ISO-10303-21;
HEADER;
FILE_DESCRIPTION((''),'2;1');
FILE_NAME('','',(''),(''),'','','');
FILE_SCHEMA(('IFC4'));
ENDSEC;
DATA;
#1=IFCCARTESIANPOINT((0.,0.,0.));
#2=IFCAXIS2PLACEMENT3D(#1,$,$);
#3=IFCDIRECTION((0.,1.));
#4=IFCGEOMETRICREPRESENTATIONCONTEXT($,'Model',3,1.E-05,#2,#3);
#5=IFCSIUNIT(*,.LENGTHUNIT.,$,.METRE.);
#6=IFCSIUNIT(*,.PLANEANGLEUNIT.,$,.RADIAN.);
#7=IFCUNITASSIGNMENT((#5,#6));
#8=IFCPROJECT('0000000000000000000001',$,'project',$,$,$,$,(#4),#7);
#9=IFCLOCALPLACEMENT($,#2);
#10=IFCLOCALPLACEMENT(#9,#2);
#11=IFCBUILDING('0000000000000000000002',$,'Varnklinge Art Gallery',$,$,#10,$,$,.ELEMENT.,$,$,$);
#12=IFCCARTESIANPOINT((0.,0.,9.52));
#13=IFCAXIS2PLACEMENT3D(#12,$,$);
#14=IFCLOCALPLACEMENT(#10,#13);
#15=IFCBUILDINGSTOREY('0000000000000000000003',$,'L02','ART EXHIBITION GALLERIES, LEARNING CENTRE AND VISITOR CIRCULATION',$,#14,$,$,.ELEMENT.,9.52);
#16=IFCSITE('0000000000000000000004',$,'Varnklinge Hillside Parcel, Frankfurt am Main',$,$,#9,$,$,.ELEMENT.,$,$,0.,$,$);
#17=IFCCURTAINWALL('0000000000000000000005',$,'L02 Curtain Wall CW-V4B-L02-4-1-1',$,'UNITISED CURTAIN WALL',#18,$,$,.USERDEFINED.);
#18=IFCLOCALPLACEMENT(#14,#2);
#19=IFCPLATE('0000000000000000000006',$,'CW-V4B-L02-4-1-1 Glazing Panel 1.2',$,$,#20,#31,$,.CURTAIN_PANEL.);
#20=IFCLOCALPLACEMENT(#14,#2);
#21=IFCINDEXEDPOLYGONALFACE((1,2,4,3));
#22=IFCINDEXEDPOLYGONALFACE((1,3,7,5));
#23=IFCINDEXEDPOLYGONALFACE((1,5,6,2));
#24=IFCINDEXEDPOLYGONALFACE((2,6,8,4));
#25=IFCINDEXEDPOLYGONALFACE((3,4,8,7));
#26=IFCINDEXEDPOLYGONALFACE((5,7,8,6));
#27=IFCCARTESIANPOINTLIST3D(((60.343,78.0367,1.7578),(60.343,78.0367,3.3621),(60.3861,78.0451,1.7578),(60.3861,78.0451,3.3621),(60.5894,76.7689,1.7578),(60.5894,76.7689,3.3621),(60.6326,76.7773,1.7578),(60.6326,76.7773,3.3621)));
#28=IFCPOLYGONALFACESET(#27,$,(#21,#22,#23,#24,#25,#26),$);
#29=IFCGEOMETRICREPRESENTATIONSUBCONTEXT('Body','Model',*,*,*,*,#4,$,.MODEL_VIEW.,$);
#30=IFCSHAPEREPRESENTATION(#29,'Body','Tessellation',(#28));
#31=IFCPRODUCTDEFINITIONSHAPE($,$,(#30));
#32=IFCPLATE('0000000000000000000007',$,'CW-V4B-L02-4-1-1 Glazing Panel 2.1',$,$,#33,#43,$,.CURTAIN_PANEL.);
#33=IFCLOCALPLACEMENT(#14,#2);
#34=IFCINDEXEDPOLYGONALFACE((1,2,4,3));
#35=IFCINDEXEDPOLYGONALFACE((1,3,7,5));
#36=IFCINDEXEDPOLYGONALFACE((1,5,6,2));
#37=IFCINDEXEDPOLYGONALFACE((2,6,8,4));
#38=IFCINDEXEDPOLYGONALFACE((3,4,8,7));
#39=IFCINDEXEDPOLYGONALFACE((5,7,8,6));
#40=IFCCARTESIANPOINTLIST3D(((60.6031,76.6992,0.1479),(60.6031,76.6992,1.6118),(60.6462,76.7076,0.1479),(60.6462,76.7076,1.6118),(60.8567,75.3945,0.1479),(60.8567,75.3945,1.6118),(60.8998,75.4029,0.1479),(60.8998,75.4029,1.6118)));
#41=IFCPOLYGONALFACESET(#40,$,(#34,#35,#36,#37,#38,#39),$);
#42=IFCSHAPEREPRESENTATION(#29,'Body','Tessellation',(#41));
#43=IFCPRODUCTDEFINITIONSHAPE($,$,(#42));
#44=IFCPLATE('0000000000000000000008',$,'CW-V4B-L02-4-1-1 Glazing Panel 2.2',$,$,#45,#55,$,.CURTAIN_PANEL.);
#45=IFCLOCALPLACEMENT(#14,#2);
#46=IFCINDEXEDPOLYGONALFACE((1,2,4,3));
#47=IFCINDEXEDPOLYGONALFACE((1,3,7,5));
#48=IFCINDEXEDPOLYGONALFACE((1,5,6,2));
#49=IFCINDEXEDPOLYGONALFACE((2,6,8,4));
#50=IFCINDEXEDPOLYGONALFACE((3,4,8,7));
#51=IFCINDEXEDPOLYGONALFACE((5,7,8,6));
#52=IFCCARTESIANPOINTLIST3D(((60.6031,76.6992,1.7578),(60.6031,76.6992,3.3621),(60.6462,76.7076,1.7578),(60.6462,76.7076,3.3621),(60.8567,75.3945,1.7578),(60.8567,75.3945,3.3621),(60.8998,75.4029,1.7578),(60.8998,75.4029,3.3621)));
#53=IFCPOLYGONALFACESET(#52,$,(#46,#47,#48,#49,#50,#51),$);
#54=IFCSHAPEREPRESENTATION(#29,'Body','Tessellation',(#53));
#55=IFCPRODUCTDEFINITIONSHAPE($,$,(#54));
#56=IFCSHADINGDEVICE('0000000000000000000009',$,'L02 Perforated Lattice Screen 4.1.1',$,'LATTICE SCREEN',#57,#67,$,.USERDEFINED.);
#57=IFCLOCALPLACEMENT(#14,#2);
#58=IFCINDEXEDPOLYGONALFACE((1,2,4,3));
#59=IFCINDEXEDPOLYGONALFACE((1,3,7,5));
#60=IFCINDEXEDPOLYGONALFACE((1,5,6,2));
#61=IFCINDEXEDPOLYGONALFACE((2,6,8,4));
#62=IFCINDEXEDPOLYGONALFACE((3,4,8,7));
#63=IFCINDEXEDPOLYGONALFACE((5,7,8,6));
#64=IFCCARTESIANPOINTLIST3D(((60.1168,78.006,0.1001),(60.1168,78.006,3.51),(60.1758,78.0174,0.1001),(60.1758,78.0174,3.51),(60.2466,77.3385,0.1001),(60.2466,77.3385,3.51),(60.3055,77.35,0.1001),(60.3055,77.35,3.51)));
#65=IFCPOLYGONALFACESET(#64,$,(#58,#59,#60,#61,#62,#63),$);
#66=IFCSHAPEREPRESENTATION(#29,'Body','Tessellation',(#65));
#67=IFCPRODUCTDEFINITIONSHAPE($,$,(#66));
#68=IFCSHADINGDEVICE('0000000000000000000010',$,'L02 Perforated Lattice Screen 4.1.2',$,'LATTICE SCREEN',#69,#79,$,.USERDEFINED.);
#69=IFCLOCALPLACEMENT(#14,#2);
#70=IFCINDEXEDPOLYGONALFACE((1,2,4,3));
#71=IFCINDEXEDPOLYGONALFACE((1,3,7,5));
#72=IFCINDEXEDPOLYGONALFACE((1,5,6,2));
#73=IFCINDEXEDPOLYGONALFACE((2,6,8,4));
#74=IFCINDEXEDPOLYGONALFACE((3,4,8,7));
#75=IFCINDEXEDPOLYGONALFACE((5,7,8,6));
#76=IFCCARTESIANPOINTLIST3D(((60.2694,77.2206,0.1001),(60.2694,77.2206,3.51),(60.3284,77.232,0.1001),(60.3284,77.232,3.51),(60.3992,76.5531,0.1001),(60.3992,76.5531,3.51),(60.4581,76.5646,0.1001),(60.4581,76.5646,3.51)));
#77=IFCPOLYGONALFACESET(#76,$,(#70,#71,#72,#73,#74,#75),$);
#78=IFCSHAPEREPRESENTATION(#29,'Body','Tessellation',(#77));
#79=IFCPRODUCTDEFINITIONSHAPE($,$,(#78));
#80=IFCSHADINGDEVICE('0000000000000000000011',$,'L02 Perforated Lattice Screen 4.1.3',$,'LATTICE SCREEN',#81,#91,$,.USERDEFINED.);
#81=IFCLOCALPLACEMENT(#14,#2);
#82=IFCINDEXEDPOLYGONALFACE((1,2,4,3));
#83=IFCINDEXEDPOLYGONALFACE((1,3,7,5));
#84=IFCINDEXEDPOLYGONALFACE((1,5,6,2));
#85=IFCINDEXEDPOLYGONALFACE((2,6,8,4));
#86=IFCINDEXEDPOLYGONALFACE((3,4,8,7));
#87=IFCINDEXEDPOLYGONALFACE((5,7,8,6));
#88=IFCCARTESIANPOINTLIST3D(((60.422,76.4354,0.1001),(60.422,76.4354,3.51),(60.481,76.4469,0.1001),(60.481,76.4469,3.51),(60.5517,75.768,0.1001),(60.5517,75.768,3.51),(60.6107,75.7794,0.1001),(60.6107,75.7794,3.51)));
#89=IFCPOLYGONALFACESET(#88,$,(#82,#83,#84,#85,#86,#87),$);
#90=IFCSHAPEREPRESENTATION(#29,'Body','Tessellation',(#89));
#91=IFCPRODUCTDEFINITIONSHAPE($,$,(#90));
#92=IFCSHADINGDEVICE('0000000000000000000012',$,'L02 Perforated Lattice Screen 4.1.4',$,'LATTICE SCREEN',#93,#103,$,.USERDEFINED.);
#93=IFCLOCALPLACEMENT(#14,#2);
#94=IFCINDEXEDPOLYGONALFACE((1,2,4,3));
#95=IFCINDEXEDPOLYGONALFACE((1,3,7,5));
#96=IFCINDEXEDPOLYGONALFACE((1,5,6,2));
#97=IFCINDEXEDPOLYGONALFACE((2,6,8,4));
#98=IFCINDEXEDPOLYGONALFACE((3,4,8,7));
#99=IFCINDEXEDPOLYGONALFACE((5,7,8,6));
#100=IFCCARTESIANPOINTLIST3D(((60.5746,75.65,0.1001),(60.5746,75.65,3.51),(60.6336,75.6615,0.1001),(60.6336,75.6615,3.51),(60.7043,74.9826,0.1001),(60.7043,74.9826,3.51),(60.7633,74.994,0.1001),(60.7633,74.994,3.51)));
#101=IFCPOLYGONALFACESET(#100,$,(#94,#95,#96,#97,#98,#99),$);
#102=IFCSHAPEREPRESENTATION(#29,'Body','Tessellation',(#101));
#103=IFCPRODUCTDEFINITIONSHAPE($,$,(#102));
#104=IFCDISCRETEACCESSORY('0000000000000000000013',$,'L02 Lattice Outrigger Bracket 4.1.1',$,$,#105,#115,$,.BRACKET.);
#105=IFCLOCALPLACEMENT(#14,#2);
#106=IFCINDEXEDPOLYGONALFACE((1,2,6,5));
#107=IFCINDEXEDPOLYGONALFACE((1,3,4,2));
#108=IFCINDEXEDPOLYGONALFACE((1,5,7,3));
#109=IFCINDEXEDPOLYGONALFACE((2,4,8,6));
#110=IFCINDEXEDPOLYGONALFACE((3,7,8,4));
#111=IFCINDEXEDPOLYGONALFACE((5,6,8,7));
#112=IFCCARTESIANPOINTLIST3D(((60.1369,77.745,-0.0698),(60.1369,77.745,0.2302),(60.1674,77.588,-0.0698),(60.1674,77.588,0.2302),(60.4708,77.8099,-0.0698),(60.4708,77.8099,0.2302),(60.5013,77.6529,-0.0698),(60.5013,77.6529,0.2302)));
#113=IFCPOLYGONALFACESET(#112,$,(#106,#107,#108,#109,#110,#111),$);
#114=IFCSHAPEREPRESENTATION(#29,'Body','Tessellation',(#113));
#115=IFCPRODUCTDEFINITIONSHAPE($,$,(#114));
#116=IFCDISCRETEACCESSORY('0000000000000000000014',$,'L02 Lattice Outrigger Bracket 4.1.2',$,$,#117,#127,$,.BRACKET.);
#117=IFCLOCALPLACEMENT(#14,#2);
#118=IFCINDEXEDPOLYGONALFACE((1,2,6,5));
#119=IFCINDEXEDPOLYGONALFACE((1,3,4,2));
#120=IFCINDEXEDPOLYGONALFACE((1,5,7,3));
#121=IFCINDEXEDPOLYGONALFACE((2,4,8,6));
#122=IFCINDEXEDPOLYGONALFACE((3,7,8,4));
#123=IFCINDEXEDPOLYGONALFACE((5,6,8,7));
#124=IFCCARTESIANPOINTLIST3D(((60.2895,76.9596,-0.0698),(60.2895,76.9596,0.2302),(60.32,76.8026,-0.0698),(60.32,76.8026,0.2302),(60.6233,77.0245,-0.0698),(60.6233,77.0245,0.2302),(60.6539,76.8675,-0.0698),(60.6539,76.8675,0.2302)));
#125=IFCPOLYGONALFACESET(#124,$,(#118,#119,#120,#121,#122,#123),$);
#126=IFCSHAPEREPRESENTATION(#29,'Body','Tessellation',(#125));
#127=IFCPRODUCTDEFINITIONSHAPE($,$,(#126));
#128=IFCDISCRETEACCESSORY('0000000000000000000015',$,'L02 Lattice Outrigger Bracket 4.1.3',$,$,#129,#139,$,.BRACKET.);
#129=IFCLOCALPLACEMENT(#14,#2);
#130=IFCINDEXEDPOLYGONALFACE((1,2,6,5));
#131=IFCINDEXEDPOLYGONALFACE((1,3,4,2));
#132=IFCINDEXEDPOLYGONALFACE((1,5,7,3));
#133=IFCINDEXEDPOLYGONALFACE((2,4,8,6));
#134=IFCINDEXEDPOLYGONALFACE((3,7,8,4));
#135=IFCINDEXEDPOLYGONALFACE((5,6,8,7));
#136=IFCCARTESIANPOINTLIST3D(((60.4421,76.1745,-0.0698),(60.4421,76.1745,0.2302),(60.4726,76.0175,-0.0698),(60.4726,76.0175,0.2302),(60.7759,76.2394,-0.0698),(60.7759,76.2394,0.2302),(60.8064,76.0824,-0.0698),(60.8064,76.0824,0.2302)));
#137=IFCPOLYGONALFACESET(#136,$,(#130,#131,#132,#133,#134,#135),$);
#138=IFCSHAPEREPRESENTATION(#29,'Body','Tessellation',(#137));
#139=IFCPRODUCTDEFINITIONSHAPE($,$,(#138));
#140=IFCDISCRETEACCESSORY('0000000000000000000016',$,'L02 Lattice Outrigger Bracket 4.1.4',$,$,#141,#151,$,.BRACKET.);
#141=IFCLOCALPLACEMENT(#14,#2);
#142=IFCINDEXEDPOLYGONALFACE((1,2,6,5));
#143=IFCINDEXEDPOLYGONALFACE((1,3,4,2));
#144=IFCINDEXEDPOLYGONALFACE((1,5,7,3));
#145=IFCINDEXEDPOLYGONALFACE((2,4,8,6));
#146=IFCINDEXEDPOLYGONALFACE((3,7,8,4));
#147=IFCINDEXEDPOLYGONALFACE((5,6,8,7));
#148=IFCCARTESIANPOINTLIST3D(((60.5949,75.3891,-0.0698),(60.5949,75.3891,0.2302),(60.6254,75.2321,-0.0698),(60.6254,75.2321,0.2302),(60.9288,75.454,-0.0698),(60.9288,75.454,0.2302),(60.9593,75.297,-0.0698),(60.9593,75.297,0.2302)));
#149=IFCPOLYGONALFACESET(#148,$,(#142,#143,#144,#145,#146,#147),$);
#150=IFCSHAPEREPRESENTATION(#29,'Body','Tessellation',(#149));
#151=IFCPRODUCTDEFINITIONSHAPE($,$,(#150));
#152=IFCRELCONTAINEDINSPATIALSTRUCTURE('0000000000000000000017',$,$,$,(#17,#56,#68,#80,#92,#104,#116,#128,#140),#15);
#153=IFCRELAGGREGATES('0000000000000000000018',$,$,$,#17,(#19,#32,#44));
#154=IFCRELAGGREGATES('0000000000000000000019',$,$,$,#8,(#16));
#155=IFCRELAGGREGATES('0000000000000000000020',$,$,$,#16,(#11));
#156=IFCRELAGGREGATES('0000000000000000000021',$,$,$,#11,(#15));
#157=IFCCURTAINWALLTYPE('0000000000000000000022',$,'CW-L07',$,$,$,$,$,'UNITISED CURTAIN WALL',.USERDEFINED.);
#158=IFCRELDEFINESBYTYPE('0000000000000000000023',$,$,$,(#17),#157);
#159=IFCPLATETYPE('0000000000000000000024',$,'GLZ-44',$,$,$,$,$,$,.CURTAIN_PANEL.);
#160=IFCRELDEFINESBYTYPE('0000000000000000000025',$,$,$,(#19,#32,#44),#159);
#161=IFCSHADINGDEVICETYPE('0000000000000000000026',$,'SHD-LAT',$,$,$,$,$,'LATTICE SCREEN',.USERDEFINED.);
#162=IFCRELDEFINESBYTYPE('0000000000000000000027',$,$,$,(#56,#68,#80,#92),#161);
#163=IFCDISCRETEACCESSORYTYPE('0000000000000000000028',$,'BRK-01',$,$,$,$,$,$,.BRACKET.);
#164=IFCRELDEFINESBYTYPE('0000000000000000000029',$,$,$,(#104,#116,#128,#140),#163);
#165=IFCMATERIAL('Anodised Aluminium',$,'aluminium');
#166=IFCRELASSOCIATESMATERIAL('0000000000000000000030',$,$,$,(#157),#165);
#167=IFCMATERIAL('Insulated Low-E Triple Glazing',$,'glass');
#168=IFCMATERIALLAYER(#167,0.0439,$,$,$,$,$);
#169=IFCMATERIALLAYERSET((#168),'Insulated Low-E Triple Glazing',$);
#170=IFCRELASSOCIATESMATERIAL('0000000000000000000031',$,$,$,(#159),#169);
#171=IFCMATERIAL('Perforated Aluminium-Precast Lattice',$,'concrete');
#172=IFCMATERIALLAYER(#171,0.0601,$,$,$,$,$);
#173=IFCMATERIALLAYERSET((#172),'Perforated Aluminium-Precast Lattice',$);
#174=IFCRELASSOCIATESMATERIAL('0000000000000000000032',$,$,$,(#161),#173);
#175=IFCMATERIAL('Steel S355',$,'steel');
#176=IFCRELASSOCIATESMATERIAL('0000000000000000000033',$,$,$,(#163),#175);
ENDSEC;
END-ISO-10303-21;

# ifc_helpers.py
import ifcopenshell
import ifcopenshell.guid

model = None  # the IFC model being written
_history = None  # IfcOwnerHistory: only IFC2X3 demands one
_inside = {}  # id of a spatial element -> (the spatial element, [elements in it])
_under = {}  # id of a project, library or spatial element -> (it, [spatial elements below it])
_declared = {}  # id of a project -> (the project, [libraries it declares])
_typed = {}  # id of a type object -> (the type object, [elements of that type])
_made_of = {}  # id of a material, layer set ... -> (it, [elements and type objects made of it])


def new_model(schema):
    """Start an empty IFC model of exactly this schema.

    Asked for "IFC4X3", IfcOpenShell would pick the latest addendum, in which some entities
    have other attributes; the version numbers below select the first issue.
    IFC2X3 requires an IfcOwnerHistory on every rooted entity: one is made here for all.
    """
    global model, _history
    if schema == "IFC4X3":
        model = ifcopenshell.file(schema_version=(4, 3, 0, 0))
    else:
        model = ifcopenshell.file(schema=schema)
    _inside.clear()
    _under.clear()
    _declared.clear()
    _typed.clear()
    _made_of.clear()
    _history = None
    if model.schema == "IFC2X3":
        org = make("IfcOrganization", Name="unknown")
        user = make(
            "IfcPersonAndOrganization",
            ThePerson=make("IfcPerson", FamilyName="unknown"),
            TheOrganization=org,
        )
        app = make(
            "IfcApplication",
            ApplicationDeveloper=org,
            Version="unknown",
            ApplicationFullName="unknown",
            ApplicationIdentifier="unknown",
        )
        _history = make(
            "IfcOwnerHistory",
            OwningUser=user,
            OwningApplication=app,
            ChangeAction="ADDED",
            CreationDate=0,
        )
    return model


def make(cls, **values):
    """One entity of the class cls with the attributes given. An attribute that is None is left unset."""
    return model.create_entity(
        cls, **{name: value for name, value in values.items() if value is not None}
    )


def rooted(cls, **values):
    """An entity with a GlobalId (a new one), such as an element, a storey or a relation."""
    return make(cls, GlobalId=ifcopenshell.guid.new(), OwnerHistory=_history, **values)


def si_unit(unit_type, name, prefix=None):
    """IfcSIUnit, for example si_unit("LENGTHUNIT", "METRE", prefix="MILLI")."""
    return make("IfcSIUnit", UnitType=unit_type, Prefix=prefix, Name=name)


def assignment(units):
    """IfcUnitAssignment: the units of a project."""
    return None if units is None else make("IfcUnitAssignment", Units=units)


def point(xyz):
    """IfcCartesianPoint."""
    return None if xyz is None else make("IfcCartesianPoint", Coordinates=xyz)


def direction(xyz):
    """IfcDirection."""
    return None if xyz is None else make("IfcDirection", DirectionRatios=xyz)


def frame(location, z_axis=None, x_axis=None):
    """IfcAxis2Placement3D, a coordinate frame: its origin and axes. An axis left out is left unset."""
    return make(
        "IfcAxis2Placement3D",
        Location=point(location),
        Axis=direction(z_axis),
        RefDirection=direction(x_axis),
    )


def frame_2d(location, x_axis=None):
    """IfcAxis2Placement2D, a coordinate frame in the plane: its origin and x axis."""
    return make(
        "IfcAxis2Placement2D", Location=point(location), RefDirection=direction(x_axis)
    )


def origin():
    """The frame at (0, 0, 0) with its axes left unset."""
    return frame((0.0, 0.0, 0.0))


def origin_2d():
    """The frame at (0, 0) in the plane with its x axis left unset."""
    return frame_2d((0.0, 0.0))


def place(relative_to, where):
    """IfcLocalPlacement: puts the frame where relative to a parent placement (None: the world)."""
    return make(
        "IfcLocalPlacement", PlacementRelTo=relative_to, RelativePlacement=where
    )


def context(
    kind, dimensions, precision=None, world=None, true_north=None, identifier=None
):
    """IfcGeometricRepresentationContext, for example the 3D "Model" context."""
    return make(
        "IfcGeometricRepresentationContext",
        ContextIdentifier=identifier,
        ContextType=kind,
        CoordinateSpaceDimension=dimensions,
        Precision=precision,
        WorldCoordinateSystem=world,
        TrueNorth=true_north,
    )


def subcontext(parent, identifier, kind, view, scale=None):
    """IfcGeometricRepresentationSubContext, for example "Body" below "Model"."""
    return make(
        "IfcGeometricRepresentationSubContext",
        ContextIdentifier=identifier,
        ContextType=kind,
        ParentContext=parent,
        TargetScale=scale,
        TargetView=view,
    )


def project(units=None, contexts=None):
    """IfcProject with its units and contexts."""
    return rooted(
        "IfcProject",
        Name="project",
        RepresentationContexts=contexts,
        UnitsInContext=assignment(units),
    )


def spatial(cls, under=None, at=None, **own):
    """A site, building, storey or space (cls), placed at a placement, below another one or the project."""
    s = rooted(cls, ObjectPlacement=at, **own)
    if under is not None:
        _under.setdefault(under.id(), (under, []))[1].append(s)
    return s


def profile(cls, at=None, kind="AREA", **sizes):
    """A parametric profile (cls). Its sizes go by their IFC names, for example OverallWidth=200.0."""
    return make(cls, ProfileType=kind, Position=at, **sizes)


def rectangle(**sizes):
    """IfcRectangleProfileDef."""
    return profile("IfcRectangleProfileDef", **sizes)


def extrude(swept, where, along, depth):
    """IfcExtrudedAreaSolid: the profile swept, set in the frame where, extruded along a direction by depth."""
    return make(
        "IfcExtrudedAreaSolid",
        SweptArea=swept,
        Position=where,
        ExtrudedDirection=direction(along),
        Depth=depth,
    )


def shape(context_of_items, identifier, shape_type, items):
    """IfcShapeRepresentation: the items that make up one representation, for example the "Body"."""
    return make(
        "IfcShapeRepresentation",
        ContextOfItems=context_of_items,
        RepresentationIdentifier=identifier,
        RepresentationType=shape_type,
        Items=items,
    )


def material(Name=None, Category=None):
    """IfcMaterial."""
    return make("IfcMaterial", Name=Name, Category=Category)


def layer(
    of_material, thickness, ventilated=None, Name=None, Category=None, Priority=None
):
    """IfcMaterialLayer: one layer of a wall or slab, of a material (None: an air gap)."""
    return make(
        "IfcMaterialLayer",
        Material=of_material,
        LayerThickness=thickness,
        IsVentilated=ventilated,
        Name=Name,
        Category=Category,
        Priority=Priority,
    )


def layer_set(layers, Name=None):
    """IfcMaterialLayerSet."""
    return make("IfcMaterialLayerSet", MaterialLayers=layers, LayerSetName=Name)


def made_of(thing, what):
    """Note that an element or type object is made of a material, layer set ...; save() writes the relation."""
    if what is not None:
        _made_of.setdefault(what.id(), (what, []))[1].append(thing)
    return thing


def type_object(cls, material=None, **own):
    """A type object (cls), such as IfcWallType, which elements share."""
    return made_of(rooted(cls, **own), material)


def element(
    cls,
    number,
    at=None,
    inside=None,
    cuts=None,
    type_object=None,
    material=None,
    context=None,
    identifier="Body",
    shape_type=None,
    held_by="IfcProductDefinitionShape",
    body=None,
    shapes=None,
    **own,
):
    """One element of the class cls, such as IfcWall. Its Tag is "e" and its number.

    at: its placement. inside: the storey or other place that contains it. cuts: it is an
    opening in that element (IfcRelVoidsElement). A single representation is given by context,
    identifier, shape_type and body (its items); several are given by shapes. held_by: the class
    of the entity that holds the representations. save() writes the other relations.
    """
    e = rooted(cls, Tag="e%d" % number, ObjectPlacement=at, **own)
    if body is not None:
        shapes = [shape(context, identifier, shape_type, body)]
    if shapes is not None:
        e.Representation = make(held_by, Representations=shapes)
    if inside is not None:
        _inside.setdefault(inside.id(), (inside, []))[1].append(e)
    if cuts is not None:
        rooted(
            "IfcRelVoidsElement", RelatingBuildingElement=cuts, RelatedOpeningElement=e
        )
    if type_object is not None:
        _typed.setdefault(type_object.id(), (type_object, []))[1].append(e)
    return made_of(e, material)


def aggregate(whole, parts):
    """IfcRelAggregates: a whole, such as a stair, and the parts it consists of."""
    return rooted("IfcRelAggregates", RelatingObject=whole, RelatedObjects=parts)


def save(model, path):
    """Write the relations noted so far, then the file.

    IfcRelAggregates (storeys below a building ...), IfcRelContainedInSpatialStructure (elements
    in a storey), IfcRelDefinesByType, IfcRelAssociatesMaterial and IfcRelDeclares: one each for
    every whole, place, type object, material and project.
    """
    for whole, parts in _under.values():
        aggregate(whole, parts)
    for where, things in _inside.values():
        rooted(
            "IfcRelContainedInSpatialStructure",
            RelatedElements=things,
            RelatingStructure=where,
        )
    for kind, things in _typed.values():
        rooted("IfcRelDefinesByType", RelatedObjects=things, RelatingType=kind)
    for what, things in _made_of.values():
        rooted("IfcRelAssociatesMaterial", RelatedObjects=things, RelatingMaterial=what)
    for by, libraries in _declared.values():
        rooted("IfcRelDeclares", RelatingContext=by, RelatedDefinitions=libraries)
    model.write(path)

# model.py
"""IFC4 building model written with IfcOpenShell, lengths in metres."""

from ifc_helpers import new_model, si_unit, direction, frame, origin, origin_2d, place, context, subcontext, project, spatial, rectangle, extrude, material, layer, layer_set, type_object, element, aggregate, save


model = new_model("IFC4")

# Units and contexts
model_context = context("Model", 3, precision=1e-05, world=origin(), true_north=direction((0.0, 1.0)))
body_context = subcontext(model_context, "Body", "Model", "MODEL_VIEW")
ifc_project = project(units=[si_unit("LENGTHUNIT", "METRE"), si_unit("PLANEANGLEUNIT", "RADIAN")], contexts=[model_context])

# Site, building, storey
site_placement = place(None, origin())
site = spatial("IfcSite", under=ifc_project, at=site_placement, Name="Varnklinge Hillside Parcel, Frankfurt am Main", CompositionType="ELEMENT", RefElevation=0.0)
building_placement = place(site_placement, origin())
building = spatial("IfcBuilding", under=site, at=building_placement, Name="Varnklinge Art Gallery", CompositionType="ELEMENT")
storey_placement = place(building_placement, frame((0.0, 0.0, 9.52)))
storey = spatial("IfcBuildingStorey", under=building, at=storey_placement, Name="L02", Description="ART EXHIBITION GALLERIES, LEARNING CENTRE AND VISITOR CIRCULATION", CompositionType="ELEMENT", Elevation=9.52)

# Curtain wall
ifc_material_1 = material(Name="Anodised Aluminium", Category="aluminium")
curtain_wall_type = type_object("IfcCurtainWallType", Name="CW-L07", ElementType="UNITISED CURTAIN WALL", PredefinedType="USERDEFINED", material=ifc_material_1)
curtain_wall_placement = place(storey_placement, origin())
curtain_wall = element("IfcCurtainWall", 1, at=curtain_wall_placement, inside=storey, type_object=curtain_wall_type, Name="L02 Curtain Wall CW-V4B-L02-4-1-1", ObjectType="UNITISED CURTAIN WALL", PredefinedType="USERDEFINED")

# Plates
ifc_material_2 = material(Name="Insulated Low-E Triple Glazing", Category="glass")
ifc_layer_1 = layer(ifc_material_2, 0.0439)
ifc_layer_set_1 = layer_set([ifc_layer_1], Name="Insulated Low-E Triple Glazing")
plate_type = type_object("IfcPlateType", Name="GLZ-44", PredefinedType="CURTAIN_PANEL", material=ifc_layer_set_1)
plate_1_placement = place(storey_placement, frame((60.4878, 77.407, 1.7578), z_axis=(0.0, 0.0, 1.0), x_axis=(0.190809, -0.981627, 0.0)))
plate_1 = element("IfcPlate", 2, at=plate_1_placement, type_object=plate_type, Name="CW-V4B-L02-4-1-1 Glazing Panel 1.2", PredefinedType="CURTAIN_PANEL", context=body_context, shape_type="SweptSolid", body=[
    extrude(rectangle(XDim=1.2915, YDim=0.0439, at=origin_2d()), origin(), (0.0, 0.0, 1.0), 1.6042),
])
plate_2_placement = place(storey_placement, frame((60.7515, 76.051, 0.1479), z_axis=(0.0, 0.0, 1.0), x_axis=(0.190809, -0.981627, 0.0)))
plate_2 = element("IfcPlate", 3, at=plate_2_placement, type_object=plate_type, Name="CW-V4B-L02-4-1-1 Glazing Panel 2.1", PredefinedType="CURTAIN_PANEL", context=body_context, shape_type="SweptSolid", body=[
    extrude(rectangle(XDim=1.3291, YDim=0.0439, at=origin_2d()), origin(), (0.0, 0.0, 1.0), 1.4639),
])
plate_3_placement = place(storey_placement, frame((60.7515, 76.051, 1.7578), z_axis=(0.0, 0.0, 1.0), x_axis=(0.190809, -0.981627, 0.0)))
plate_3 = element("IfcPlate", 4, at=plate_3_placement, type_object=plate_type, Name="CW-V4B-L02-4-1-1 Glazing Panel 2.2", PredefinedType="CURTAIN_PANEL", context=body_context, shape_type="SweptSolid", body=[
    extrude(rectangle(XDim=1.3291, YDim=0.0439, at=origin_2d()), origin(), (0.0, 0.0, 1.0), 1.6042),
])
aggregate(curtain_wall, [plate_1, plate_2, plate_3])

# Shading devices
ifc_material_3 = material(Name="Perforated Aluminium-Precast Lattice", Category="concrete")
ifc_layer_2 = layer(ifc_material_3, 0.0601)
ifc_layer_set_2 = layer_set([ifc_layer_2], Name="Perforated Aluminium-Precast Lattice")
shading_device_type = type_object("IfcShadingDeviceType", Name="SHD-LAT", ElementType="LATTICE SCREEN", PredefinedType="USERDEFINED", material=ifc_layer_set_2)
for number, where, z_axis, x_axis, name in (
    (5, (60.2112, 77.678, 0.1001), (0.0, 0.0, 1.0), (0.190809, -0.981627, 0.0), "L02 Perforated Lattice Screen 4.1.1"),
    (6, (60.3638, 76.8926, 0.1001), (0.0, 0.0, 1.0), (0.190809, -0.981627, 0.0), "L02 Perforated Lattice Screen 4.1.2"),
    (7, (60.5164, 76.1074, 0.1001), (0.0, 0.0, 1.0), (0.190809, -0.981627, 0.0), "L02 Perforated Lattice Screen 4.1.3"),
    (8, (60.6689, 75.322, 0.1001), (0.0, 0.0, 1.0), (0.190809, -0.981627, 0.0), "L02 Perforated Lattice Screen 4.1.4"),
):
    element("IfcShadingDevice", number, at=place(storey_placement, frame(where, z_axis=z_axis, x_axis=x_axis)), inside=storey, type_object=shading_device_type, Name=name, ObjectType="LATTICE SCREEN", PredefinedType="USERDEFINED", context=body_context, shape_type="SweptSolid", body=[
        extrude(rectangle(XDim=0.6799, YDim=0.0601, at=origin_2d()), origin(), (0.0, 0.0, 1.0), 3.4099),
    ])

# Discrete accessories
ifc_material_4 = material(Name="Steel S355", Category="steel")
discrete_accessory_type = type_object("IfcDiscreteAccessoryType", Name="BRK-01", PredefinedType="BRACKET", material=ifc_material_4)
for number, where, z_axis, x_axis, name in (
    (9, (60.3191, 77.699, -0.0698), (0.0, 0.0, 1.0), (0.190809, -0.981627, 0.0), "L02 Lattice Outrigger Bracket 4.1.1"),
    (10, (60.4717, 76.9136, -0.0698), (0.0, 0.0, 1.0), (0.190809, -0.981627, 0.0), "L02 Lattice Outrigger Bracket 4.1.2"),
    (11, (60.6243, 76.1284, -0.0698), (0.0, 0.0, 1.0), (0.190809, -0.981627, 0.0), "L02 Lattice Outrigger Bracket 4.1.3"),
    (12, (60.7771, 75.343, -0.0698), (0.0, 0.0, 1.0), (0.190809, -0.981627, 0.0), "L02 Lattice Outrigger Bracket 4.1.4"),
):
    element("IfcDiscreteAccessory", number, at=place(storey_placement, frame(where, z_axis=z_axis, x_axis=x_axis)), inside=storey, type_object=discrete_accessory_type, Name=name, PredefinedType="BRACKET", context=body_context, shape_type="SweptSolid", body=[
        extrude(rectangle(XDim=0.1599, YDim=0.3401, at=origin_2d()), origin(), (0.0, 0.0, 1.0), 0.3),
    ])

save(model, "model.ifc")
